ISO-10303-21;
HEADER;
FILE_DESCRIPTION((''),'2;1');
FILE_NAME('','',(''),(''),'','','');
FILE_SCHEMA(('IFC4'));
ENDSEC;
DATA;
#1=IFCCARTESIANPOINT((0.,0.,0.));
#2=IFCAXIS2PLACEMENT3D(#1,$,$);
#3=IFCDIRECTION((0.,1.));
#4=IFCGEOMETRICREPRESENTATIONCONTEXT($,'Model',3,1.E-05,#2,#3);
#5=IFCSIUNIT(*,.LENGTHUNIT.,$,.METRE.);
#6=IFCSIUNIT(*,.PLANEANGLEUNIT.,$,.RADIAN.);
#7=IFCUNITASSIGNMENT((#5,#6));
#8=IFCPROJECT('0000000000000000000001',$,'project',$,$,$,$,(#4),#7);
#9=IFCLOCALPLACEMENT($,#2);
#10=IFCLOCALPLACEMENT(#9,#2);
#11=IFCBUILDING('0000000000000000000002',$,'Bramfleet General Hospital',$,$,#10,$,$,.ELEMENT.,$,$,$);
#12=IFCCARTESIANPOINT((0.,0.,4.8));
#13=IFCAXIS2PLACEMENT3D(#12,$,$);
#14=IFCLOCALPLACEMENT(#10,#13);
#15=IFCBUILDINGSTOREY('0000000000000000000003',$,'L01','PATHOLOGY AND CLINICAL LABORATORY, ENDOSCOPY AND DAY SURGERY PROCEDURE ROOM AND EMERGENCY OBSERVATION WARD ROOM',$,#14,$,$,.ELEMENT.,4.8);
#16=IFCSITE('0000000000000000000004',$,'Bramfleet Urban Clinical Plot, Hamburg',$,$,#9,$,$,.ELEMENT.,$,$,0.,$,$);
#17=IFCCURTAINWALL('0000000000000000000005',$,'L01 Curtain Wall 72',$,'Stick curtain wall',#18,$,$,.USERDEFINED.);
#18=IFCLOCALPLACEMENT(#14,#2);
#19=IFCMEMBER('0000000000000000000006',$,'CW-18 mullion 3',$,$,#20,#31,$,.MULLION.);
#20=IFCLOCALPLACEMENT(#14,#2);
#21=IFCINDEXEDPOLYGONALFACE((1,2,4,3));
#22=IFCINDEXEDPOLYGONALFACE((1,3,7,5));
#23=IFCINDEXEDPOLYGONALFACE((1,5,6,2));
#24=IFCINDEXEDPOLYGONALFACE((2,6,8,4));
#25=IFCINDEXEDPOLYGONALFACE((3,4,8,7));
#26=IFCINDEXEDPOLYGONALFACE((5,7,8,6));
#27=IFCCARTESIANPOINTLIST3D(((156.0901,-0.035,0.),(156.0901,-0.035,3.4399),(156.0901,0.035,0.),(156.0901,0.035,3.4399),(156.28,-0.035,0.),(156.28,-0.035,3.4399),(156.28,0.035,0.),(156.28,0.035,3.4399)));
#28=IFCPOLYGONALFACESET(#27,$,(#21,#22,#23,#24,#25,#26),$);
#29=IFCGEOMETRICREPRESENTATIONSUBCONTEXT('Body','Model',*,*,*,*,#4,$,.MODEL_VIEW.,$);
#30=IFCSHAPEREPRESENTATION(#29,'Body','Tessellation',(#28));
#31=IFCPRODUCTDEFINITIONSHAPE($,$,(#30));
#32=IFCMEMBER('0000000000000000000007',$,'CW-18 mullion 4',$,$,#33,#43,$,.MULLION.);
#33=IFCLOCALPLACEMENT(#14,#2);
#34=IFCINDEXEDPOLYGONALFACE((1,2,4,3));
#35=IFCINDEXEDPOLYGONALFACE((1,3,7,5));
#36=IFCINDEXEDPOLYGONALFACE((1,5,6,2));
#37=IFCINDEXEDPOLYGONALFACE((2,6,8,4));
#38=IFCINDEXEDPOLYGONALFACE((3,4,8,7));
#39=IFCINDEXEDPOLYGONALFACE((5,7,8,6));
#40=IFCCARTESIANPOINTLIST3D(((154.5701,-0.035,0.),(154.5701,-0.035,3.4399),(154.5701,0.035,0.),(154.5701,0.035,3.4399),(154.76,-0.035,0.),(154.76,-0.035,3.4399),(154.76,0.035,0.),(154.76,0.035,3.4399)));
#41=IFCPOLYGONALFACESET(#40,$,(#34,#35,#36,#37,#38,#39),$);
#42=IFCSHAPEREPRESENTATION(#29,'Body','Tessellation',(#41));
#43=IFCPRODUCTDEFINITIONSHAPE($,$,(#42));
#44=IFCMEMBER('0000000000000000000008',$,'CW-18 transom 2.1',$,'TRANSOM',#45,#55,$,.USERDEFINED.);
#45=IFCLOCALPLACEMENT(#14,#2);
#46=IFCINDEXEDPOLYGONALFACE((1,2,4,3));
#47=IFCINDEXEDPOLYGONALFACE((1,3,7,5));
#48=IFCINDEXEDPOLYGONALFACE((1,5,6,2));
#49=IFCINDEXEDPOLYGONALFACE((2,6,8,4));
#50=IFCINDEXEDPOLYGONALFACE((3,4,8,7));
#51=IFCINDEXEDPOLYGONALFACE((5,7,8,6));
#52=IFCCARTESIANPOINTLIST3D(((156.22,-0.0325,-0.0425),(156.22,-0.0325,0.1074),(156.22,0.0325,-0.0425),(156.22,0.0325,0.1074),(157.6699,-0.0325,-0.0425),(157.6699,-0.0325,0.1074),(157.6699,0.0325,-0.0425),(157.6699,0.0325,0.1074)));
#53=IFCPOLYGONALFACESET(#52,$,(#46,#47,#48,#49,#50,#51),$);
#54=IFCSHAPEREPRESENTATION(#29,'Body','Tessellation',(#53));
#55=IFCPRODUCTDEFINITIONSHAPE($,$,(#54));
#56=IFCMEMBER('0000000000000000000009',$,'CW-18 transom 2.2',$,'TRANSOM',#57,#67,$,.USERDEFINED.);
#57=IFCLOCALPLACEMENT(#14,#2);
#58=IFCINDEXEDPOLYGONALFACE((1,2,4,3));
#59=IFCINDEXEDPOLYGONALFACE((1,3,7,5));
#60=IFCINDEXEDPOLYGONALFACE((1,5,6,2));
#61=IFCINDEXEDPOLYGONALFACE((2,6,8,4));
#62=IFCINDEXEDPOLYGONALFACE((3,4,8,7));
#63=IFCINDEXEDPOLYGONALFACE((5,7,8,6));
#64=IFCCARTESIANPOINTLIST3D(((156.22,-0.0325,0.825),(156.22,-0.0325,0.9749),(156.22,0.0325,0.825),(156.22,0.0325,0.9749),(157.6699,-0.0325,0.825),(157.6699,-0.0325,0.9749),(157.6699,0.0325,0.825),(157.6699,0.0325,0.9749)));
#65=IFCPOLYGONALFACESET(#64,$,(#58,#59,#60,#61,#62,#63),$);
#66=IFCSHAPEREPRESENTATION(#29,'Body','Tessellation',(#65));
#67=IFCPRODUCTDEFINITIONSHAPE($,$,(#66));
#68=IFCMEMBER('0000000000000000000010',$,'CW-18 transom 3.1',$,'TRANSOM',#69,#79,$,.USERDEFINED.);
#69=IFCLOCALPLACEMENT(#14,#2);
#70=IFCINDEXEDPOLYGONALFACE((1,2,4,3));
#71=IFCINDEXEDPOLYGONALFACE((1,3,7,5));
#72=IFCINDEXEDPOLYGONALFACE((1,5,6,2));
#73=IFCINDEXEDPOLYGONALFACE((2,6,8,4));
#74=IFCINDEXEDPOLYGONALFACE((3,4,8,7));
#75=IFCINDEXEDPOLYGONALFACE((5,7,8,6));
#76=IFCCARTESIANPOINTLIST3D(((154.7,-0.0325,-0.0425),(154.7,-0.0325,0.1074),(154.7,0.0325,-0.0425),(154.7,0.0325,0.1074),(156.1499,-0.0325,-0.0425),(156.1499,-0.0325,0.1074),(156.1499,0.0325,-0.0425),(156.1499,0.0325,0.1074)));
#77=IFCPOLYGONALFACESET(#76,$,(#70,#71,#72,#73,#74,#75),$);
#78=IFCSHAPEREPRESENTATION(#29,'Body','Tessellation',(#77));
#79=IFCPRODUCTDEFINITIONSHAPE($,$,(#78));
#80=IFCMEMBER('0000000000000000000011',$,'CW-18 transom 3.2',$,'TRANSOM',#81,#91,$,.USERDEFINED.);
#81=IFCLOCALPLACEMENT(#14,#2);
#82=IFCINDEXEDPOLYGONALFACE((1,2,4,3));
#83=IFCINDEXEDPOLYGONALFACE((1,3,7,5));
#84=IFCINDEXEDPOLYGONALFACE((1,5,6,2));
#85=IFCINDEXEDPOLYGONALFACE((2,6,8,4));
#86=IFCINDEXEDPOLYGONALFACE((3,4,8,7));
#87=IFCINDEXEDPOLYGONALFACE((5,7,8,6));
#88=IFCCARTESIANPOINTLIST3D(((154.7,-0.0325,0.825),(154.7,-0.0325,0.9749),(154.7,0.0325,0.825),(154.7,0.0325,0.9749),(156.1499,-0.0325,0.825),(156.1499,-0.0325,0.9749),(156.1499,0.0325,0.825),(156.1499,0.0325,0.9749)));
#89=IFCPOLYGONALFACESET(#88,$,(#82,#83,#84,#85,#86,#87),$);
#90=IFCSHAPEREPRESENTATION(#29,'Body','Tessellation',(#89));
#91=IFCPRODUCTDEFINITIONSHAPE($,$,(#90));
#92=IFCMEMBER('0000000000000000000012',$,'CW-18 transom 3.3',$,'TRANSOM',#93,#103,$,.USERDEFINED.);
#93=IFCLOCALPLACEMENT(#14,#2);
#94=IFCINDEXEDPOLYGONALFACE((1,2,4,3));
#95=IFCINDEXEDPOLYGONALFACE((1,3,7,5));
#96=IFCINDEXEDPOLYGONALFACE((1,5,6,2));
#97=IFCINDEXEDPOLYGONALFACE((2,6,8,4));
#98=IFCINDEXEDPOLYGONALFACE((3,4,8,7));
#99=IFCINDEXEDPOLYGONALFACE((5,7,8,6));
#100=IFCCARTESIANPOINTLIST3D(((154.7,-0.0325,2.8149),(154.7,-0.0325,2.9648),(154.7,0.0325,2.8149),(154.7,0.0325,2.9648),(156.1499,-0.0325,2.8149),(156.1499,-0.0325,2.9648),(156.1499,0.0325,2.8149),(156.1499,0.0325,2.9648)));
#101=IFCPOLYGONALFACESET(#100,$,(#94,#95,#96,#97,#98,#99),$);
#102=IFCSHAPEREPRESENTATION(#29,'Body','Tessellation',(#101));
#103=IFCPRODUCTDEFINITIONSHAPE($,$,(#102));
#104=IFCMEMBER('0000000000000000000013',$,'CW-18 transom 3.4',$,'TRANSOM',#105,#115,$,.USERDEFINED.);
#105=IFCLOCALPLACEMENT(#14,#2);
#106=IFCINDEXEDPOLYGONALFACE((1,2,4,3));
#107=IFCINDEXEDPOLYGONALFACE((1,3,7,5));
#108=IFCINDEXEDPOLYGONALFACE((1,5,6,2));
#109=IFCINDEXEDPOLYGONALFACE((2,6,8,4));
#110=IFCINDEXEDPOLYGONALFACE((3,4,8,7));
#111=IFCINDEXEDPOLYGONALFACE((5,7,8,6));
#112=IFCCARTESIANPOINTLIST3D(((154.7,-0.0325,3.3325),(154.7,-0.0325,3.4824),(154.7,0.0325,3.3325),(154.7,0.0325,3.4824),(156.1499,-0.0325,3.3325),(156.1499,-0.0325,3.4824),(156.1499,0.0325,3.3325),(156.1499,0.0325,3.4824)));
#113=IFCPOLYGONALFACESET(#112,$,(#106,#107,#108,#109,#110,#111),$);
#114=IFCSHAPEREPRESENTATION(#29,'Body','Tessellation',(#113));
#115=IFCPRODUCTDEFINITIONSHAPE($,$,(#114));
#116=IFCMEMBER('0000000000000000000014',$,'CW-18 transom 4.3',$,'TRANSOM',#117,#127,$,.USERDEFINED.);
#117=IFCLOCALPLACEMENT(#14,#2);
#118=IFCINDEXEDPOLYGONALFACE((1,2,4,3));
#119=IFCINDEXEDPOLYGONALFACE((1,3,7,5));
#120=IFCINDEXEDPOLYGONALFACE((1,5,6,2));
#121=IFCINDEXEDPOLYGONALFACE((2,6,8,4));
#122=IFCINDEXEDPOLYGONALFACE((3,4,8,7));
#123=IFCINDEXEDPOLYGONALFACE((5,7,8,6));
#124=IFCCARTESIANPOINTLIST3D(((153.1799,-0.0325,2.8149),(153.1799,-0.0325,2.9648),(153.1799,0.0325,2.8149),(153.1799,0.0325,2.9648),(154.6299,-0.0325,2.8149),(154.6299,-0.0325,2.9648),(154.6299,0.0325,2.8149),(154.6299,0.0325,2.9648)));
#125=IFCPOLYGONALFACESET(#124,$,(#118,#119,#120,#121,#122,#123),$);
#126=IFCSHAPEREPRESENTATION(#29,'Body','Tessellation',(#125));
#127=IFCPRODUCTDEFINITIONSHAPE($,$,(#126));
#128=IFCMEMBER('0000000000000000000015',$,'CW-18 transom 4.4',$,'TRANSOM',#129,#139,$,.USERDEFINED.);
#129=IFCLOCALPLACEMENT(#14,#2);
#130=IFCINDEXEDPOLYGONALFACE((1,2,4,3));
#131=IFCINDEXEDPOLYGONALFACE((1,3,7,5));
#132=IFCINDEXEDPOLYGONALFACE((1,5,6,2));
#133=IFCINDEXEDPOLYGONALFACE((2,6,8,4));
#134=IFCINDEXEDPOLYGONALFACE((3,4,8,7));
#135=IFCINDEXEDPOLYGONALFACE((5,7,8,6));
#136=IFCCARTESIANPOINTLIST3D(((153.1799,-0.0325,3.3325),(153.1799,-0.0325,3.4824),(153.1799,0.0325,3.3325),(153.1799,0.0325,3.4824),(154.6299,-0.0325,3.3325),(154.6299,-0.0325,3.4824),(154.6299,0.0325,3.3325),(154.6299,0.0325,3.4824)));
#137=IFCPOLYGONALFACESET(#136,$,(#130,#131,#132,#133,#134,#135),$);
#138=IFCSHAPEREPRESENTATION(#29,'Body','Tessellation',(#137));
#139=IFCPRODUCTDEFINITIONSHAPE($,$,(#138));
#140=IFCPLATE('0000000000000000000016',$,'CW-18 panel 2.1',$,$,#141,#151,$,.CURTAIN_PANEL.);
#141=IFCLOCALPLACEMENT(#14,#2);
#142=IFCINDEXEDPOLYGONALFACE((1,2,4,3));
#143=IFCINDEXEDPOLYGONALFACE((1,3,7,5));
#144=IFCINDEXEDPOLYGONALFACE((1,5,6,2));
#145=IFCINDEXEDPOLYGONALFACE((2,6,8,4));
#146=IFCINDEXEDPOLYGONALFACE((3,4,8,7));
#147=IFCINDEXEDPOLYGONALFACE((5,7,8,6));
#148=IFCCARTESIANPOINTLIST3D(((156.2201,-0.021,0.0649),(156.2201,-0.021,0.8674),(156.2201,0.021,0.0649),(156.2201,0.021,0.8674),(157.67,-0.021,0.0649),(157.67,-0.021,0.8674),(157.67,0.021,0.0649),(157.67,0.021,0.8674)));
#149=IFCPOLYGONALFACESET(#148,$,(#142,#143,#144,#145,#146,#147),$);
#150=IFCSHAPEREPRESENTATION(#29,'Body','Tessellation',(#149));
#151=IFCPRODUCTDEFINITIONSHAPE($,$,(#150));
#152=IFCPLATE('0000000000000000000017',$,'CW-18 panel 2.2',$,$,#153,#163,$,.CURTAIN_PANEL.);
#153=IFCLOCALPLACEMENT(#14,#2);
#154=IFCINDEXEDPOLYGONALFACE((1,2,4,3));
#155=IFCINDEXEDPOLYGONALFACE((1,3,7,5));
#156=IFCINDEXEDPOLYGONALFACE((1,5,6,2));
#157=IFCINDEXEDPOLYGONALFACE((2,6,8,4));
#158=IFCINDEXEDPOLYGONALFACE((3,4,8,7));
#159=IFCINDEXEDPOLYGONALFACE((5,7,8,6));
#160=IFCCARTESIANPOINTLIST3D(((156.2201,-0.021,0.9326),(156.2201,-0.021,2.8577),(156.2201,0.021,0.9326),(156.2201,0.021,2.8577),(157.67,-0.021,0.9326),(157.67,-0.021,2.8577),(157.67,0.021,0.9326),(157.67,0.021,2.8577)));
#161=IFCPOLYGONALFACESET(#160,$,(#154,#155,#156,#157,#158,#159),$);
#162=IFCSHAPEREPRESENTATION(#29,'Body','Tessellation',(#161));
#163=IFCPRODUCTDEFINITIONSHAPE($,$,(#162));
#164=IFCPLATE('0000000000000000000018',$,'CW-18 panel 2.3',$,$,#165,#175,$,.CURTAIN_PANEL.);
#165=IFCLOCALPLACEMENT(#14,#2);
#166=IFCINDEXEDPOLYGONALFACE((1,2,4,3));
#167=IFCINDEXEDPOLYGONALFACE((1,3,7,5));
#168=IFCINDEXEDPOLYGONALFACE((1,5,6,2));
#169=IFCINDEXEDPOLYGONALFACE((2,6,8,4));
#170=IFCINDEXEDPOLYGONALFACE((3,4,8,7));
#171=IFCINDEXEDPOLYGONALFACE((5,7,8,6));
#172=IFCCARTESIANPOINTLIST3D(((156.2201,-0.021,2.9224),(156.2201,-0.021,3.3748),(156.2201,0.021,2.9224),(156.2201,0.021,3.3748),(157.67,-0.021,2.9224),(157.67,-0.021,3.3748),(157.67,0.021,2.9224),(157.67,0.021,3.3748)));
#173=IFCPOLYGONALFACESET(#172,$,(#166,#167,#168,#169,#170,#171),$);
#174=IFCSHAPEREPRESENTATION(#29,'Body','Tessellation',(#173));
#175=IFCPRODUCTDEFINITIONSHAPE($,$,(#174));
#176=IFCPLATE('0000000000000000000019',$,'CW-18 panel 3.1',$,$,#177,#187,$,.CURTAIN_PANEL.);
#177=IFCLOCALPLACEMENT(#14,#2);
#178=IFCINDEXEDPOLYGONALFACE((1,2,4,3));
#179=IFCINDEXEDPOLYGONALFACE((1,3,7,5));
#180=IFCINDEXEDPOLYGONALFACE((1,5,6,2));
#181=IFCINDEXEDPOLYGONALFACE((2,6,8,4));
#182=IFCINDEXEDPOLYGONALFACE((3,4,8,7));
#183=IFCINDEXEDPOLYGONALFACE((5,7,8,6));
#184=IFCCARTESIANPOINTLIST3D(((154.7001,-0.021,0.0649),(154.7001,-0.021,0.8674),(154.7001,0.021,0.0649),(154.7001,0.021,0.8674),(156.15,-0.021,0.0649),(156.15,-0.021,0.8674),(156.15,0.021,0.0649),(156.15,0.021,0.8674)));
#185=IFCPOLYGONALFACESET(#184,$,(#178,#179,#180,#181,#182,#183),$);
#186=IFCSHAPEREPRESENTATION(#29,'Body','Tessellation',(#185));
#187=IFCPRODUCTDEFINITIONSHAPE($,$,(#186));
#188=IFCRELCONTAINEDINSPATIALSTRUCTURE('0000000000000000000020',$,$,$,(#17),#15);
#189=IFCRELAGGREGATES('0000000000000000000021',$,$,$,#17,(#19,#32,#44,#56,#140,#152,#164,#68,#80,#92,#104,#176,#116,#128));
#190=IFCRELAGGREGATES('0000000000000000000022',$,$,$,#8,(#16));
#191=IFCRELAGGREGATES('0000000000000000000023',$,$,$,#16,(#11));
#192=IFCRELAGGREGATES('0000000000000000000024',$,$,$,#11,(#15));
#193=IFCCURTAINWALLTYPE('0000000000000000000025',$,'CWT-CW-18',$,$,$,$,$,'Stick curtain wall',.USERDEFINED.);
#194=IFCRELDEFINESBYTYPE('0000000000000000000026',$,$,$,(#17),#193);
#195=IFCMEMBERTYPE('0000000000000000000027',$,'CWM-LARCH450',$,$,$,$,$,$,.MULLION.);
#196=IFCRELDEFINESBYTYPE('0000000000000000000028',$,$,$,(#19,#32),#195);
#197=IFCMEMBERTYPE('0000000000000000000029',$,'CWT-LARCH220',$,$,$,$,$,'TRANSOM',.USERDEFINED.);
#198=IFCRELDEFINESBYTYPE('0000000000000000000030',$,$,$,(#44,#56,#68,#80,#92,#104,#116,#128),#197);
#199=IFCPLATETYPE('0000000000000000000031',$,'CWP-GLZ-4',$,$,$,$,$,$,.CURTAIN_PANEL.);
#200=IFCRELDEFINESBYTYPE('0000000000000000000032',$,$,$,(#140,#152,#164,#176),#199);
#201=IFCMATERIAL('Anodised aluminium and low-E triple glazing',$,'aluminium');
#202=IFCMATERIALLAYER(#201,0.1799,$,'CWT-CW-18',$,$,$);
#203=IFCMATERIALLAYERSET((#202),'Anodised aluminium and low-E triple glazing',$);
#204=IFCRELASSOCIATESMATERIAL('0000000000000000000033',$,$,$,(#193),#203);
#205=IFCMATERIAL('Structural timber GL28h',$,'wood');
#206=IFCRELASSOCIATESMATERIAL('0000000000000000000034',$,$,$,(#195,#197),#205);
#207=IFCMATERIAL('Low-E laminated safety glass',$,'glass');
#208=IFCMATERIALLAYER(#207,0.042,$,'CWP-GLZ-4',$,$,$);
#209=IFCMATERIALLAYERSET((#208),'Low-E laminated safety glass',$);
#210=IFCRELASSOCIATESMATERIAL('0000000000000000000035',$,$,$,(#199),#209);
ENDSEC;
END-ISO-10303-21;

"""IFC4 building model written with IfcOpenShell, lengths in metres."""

from ifc_helpers import new_model, si_unit, direction, frame, origin, origin_2d, place, context, subcontext, project, spatial, rectangle, extrude, material, layer, layer_set, material_profile, profile_set, type_object, element, aggregate, save


model = new_model("IFC4")

# Units and contexts
model_context = context("Model", 3, precision=1e-05, world=origin(), true_north=direction((0.0, 1.0)))
body_context = subcontext(model_context, "Body", "Model", "MODEL_VIEW")
ifc_project = project(units=[si_unit("LENGTHUNIT", "METRE"), si_unit("PLANEANGLEUNIT", "RADIAN")], contexts=[model_context])

# Site, building, storey
site_placement = place(None, origin())
site = spatial("IfcSite", under=ifc_project, at=site_placement, Name="Bramfleet Urban Clinical Plot, Hamburg", CompositionType="ELEMENT", RefElevation=0.0)
building_placement = place(site_placement, origin())
building = spatial("IfcBuilding", under=site, at=building_placement, Name="Bramfleet General Hospital", CompositionType="ELEMENT")
storey_placement = place(building_placement, frame((0.0, 0.0, 4.8)))
storey = spatial("IfcBuildingStorey", under=building, at=storey_placement, Name="L01", Description="PATHOLOGY AND CLINICAL LABORATORY, ENDOSCOPY AND DAY SURGERY PROCEDURE ROOM AND EMERGENCY OBSERVATION WARD ROOM", CompositionType="ELEMENT", Elevation=4.8)

# Curtain wall, members, plates
ifc_material_1 = material(Name="Anodised aluminium and low-E triple glazing", Category="aluminium")
ifc_layer_1 = layer(ifc_material_1, 0.1799, Name="CWT-CW-18")
ifc_layer_set_1 = layer_set([ifc_layer_1], Name="Anodised aluminium and low-E triple glazing")
curtain_wall_type = type_object("IfcCurtainWallType", Name="CWT-CW-18", ElementType="Stick curtain wall", PredefinedType="USERDEFINED", material=ifc_layer_set_1)
curtain_wall_placement = place(storey_placement, origin())
curtain_wall = element("IfcCurtainWall", 1, at=curtain_wall_placement, inside=storey, type_object=curtain_wall_type, Name="L01 Curtain Wall 72", ObjectType="Stick curtain wall", PredefinedType="USERDEFINED")
ifc_material_2 = material(Name="Structural timber GL28h", Category="wood")
ifc_material_profile_1 = material_profile(ifc_material_2, rectangle(XDim=0.0701, YDim=0.1899, at=origin_2d()), Name="LARCH 190x70")
ifc_profile_set_1 = profile_set([ifc_material_profile_1], Name="Structural timber GL28h")
member_type_1 = type_object("IfcMemberType", Name="CWM-LARCH450", PredefinedType="MULLION", material=ifc_profile_set_1)
member_1_placement = place(storey_placement, frame((156.1851, 0.0, 0.0), z_axis=(0.0, 0.0, 1.0), x_axis=(0.0, -1.0, 0.0)))
member_1 = element("IfcMember", 2, at=member_1_placement, type_object=member_type_1, Name="CW-18 mullion 3", PredefinedType="MULLION", context=body_context, shape_type="SweptSolid", body=[
    extrude(rectangle(XDim=0.0701, YDim=0.1899, at=origin_2d()), origin(), (0.0, 0.0, 1.0), 3.4399),
])
member_2_placement = place(storey_placement, frame((154.665, 0.0, 0.0), z_axis=(0.0, 0.0, 1.0), x_axis=(0.0, -1.0, 0.0)))
member_2 = element("IfcMember", 3, at=member_2_placement, type_object=member_type_1, Name="CW-18 mullion 4", PredefinedType="MULLION", context=body_context, shape_type="SweptSolid", body=[
    extrude(rectangle(XDim=0.0701, YDim=0.1899, at=origin_2d()), origin(), (0.0, 0.0, 1.0), 3.4399),
])
ifc_material_profile_2 = material_profile(ifc_material_2, rectangle(XDim=0.0649, YDim=0.1499, at=origin_2d()), Name="LARCH 150x65")
ifc_profile_set_2 = profile_set([ifc_material_profile_2], Name="Structural timber GL28h")
member_type_2 = type_object("IfcMemberType", Name="CWT-LARCH220", ElementType="TRANSOM", PredefinedType="USERDEFINED", material=ifc_profile_set_2)
member_3_placement = place(storey_placement, frame((157.6699, 0.0, 0.0325), z_axis=(-1.0, 0.0, 0.0), x_axis=(0.0, -1.0, 0.0)))
member_3 = element("IfcMember", 4, at=member_3_placement, type_object=member_type_2, Name="CW-18 transom 2.1", ObjectType="TRANSOM", PredefinedType="USERDEFINED", context=body_context, shape_type="SweptSolid", body=[
    extrude(rectangle(XDim=0.0649, YDim=0.1499, at=origin_2d()), origin(), (0.0, 0.0, 1.0), 1.45),
])
member_4_placement = place(storey_placement, frame((157.6699, 0.0, 0.8999), z_axis=(-1.0, 0.0, 0.0), x_axis=(0.0, -1.0, 0.0)))
member_4 = element("IfcMember", 5, at=member_4_placement, type_object=member_type_2, Name="CW-18 transom 2.2", ObjectType="TRANSOM", PredefinedType="USERDEFINED", context=body_context, shape_type="SweptSolid", body=[
    extrude(rectangle(XDim=0.0649, YDim=0.1499, at=origin_2d()), origin(), (0.0, 0.0, 1.0), 1.45),
])
member_5_placement = place(storey_placement, frame((156.1499, 0.0, 0.0325), z_axis=(-1.0, 0.0, 0.0), x_axis=(0.0, -1.0, 0.0)))
member_5 = element("IfcMember", 6, at=member_5_placement, type_object=member_type_2, Name="CW-18 transom 3.1", ObjectType="TRANSOM", PredefinedType="USERDEFINED", context=body_context, shape_type="SweptSolid", body=[
    extrude(rectangle(XDim=0.0649, YDim=0.1499, at=origin_2d()), origin(), (0.0, 0.0, 1.0), 1.45),
])
member_6_placement = place(storey_placement, frame((156.1499, 0.0, 0.8999), z_axis=(-1.0, 0.0, 0.0), x_axis=(0.0, -1.0, 0.0)))
member_6 = element("IfcMember", 7, at=member_6_placement, type_object=member_type_2, Name="CW-18 transom 3.2", ObjectType="TRANSOM", PredefinedType="USERDEFINED", context=body_context, shape_type="SweptSolid", body=[
    extrude(rectangle(XDim=0.0649, YDim=0.1499, at=origin_2d()), origin(), (0.0, 0.0, 1.0), 1.45),
])
member_7_placement = place(storey_placement, frame((156.1499, 0.0, 2.8899), z_axis=(-1.0, 0.0, 0.0), x_axis=(0.0, -1.0, 0.0)))
member_7 = element("IfcMember", 8, at=member_7_placement, type_object=member_type_2, Name="CW-18 transom 3.3", ObjectType="TRANSOM", PredefinedType="USERDEFINED", context=body_context, shape_type="SweptSolid", body=[
    extrude(rectangle(XDim=0.0649, YDim=0.1499, at=origin_2d()), origin(), (0.0, 0.0, 1.0), 1.45),
])
member_8_placement = place(storey_placement, frame((156.1499, 0.0, 3.4075), z_axis=(-1.0, 0.0, 0.0), x_axis=(0.0, -1.0, 0.0)))
member_8 = element("IfcMember", 9, at=member_8_placement, type_object=member_type_2, Name="CW-18 transom 3.4", ObjectType="TRANSOM", PredefinedType="USERDEFINED", context=body_context, shape_type="SweptSolid", body=[
    extrude(rectangle(XDim=0.0649, YDim=0.1499, at=origin_2d()), origin(), (0.0, 0.0, 1.0), 1.45),
])
member_9_placement = place(storey_placement, frame((154.6299, 0.0, 2.8899), z_axis=(-1.0, 0.0, 0.0), x_axis=(0.0, -1.0, 0.0)))
member_9 = element("IfcMember", 10, at=member_9_placement, type_object=member_type_2, Name="CW-18 transom 4.3", ObjectType="TRANSOM", PredefinedType="USERDEFINED", context=body_context, shape_type="SweptSolid", body=[
    extrude(rectangle(XDim=0.0649, YDim=0.1499, at=origin_2d()), origin(), (0.0, 0.0, 1.0), 1.45),
])
member_10_placement = place(storey_placement, frame((154.6299, 0.0, 3.4075), z_axis=(-1.0, 0.0, 0.0), x_axis=(0.0, -1.0, 0.0)))
member_10 = element("IfcMember", 11, at=member_10_placement, type_object=member_type_2, Name="CW-18 transom 4.4", ObjectType="TRANSOM", PredefinedType="USERDEFINED", context=body_context, shape_type="SweptSolid", body=[
    extrude(rectangle(XDim=0.0649, YDim=0.1499, at=origin_2d()), origin(), (0.0, 0.0, 1.0), 1.45),
])
ifc_material_3 = material(Name="Low-E laminated safety glass", Category="glass")
ifc_layer_2 = layer(ifc_material_3, 0.042, Name="CWP-GLZ-4")
ifc_layer_set_2 = layer_set([ifc_layer_2], Name="Low-E laminated safety glass")
plate_type = type_object("IfcPlateType", Name="CWP-GLZ-4", PredefinedType="CURTAIN_PANEL", material=ifc_layer_set_2)
plate_1_placement = place(storey_placement, frame((156.9451, 0.0, 0.0649), z_axis=(0.0, 0.0, 1.0), x_axis=(-1.0, 0.0, 0.0)))
plate_1 = element("IfcPlate", 12, at=plate_1_placement, type_object=plate_type, Name="CW-18 panel 2.1", PredefinedType="CURTAIN_PANEL", context=body_context, shape_type="SweptSolid", body=[
    extrude(rectangle(XDim=1.45, YDim=0.042, at=origin_2d()), origin(), (0.0, 0.0, 1.0), 0.8025),
])
plate_2_placement = place(storey_placement, frame((156.9451, 0.0, 0.9326), z_axis=(0.0, 0.0, 1.0), x_axis=(-1.0, 0.0, 0.0)))
plate_2 = element("IfcPlate", 13, at=plate_2_placement, type_object=plate_type, Name="CW-18 panel 2.2", PredefinedType="CURTAIN_PANEL", context=body_context, shape_type="SweptSolid", body=[
    extrude(rectangle(XDim=1.45, YDim=0.042, at=origin_2d()), origin(), (0.0, 0.0, 1.0), 1.925),
])
plate_3_placement = place(storey_placement, frame((156.9451, 0.0, 2.9224), z_axis=(0.0, 0.0, 1.0), x_axis=(-1.0, 0.0, 0.0)))
plate_3 = element("IfcPlate", 14, at=plate_3_placement, type_object=plate_type, Name="CW-18 panel 2.3", PredefinedType="CURTAIN_PANEL", context=body_context, shape_type="SweptSolid", body=[
    extrude(rectangle(XDim=1.45, YDim=0.042, at=origin_2d()), origin(), (0.0, 0.0, 1.0), 0.4524),
])
plate_4_placement = place(storey_placement, frame((155.425, 0.0, 0.0649), z_axis=(0.0, 0.0, 1.0), x_axis=(-1.0, 0.0, 0.0)))
plate_4 = element("IfcPlate", 15, at=plate_4_placement, type_object=plate_type, Name="CW-18 panel 3.1", PredefinedType="CURTAIN_PANEL", context=body_context, shape_type="SweptSolid", body=[
    extrude(rectangle(XDim=1.45, YDim=0.042, at=origin_2d()), origin(), (0.0, 0.0, 1.0), 0.8025),
])
aggregate(curtain_wall, [member_1, member_2, member_3, member_4, plate_1, plate_2, plate_3, member_5, member_6, member_7, member_8, plate_4, member_9, member_10])

save(model, "model.ifc")
